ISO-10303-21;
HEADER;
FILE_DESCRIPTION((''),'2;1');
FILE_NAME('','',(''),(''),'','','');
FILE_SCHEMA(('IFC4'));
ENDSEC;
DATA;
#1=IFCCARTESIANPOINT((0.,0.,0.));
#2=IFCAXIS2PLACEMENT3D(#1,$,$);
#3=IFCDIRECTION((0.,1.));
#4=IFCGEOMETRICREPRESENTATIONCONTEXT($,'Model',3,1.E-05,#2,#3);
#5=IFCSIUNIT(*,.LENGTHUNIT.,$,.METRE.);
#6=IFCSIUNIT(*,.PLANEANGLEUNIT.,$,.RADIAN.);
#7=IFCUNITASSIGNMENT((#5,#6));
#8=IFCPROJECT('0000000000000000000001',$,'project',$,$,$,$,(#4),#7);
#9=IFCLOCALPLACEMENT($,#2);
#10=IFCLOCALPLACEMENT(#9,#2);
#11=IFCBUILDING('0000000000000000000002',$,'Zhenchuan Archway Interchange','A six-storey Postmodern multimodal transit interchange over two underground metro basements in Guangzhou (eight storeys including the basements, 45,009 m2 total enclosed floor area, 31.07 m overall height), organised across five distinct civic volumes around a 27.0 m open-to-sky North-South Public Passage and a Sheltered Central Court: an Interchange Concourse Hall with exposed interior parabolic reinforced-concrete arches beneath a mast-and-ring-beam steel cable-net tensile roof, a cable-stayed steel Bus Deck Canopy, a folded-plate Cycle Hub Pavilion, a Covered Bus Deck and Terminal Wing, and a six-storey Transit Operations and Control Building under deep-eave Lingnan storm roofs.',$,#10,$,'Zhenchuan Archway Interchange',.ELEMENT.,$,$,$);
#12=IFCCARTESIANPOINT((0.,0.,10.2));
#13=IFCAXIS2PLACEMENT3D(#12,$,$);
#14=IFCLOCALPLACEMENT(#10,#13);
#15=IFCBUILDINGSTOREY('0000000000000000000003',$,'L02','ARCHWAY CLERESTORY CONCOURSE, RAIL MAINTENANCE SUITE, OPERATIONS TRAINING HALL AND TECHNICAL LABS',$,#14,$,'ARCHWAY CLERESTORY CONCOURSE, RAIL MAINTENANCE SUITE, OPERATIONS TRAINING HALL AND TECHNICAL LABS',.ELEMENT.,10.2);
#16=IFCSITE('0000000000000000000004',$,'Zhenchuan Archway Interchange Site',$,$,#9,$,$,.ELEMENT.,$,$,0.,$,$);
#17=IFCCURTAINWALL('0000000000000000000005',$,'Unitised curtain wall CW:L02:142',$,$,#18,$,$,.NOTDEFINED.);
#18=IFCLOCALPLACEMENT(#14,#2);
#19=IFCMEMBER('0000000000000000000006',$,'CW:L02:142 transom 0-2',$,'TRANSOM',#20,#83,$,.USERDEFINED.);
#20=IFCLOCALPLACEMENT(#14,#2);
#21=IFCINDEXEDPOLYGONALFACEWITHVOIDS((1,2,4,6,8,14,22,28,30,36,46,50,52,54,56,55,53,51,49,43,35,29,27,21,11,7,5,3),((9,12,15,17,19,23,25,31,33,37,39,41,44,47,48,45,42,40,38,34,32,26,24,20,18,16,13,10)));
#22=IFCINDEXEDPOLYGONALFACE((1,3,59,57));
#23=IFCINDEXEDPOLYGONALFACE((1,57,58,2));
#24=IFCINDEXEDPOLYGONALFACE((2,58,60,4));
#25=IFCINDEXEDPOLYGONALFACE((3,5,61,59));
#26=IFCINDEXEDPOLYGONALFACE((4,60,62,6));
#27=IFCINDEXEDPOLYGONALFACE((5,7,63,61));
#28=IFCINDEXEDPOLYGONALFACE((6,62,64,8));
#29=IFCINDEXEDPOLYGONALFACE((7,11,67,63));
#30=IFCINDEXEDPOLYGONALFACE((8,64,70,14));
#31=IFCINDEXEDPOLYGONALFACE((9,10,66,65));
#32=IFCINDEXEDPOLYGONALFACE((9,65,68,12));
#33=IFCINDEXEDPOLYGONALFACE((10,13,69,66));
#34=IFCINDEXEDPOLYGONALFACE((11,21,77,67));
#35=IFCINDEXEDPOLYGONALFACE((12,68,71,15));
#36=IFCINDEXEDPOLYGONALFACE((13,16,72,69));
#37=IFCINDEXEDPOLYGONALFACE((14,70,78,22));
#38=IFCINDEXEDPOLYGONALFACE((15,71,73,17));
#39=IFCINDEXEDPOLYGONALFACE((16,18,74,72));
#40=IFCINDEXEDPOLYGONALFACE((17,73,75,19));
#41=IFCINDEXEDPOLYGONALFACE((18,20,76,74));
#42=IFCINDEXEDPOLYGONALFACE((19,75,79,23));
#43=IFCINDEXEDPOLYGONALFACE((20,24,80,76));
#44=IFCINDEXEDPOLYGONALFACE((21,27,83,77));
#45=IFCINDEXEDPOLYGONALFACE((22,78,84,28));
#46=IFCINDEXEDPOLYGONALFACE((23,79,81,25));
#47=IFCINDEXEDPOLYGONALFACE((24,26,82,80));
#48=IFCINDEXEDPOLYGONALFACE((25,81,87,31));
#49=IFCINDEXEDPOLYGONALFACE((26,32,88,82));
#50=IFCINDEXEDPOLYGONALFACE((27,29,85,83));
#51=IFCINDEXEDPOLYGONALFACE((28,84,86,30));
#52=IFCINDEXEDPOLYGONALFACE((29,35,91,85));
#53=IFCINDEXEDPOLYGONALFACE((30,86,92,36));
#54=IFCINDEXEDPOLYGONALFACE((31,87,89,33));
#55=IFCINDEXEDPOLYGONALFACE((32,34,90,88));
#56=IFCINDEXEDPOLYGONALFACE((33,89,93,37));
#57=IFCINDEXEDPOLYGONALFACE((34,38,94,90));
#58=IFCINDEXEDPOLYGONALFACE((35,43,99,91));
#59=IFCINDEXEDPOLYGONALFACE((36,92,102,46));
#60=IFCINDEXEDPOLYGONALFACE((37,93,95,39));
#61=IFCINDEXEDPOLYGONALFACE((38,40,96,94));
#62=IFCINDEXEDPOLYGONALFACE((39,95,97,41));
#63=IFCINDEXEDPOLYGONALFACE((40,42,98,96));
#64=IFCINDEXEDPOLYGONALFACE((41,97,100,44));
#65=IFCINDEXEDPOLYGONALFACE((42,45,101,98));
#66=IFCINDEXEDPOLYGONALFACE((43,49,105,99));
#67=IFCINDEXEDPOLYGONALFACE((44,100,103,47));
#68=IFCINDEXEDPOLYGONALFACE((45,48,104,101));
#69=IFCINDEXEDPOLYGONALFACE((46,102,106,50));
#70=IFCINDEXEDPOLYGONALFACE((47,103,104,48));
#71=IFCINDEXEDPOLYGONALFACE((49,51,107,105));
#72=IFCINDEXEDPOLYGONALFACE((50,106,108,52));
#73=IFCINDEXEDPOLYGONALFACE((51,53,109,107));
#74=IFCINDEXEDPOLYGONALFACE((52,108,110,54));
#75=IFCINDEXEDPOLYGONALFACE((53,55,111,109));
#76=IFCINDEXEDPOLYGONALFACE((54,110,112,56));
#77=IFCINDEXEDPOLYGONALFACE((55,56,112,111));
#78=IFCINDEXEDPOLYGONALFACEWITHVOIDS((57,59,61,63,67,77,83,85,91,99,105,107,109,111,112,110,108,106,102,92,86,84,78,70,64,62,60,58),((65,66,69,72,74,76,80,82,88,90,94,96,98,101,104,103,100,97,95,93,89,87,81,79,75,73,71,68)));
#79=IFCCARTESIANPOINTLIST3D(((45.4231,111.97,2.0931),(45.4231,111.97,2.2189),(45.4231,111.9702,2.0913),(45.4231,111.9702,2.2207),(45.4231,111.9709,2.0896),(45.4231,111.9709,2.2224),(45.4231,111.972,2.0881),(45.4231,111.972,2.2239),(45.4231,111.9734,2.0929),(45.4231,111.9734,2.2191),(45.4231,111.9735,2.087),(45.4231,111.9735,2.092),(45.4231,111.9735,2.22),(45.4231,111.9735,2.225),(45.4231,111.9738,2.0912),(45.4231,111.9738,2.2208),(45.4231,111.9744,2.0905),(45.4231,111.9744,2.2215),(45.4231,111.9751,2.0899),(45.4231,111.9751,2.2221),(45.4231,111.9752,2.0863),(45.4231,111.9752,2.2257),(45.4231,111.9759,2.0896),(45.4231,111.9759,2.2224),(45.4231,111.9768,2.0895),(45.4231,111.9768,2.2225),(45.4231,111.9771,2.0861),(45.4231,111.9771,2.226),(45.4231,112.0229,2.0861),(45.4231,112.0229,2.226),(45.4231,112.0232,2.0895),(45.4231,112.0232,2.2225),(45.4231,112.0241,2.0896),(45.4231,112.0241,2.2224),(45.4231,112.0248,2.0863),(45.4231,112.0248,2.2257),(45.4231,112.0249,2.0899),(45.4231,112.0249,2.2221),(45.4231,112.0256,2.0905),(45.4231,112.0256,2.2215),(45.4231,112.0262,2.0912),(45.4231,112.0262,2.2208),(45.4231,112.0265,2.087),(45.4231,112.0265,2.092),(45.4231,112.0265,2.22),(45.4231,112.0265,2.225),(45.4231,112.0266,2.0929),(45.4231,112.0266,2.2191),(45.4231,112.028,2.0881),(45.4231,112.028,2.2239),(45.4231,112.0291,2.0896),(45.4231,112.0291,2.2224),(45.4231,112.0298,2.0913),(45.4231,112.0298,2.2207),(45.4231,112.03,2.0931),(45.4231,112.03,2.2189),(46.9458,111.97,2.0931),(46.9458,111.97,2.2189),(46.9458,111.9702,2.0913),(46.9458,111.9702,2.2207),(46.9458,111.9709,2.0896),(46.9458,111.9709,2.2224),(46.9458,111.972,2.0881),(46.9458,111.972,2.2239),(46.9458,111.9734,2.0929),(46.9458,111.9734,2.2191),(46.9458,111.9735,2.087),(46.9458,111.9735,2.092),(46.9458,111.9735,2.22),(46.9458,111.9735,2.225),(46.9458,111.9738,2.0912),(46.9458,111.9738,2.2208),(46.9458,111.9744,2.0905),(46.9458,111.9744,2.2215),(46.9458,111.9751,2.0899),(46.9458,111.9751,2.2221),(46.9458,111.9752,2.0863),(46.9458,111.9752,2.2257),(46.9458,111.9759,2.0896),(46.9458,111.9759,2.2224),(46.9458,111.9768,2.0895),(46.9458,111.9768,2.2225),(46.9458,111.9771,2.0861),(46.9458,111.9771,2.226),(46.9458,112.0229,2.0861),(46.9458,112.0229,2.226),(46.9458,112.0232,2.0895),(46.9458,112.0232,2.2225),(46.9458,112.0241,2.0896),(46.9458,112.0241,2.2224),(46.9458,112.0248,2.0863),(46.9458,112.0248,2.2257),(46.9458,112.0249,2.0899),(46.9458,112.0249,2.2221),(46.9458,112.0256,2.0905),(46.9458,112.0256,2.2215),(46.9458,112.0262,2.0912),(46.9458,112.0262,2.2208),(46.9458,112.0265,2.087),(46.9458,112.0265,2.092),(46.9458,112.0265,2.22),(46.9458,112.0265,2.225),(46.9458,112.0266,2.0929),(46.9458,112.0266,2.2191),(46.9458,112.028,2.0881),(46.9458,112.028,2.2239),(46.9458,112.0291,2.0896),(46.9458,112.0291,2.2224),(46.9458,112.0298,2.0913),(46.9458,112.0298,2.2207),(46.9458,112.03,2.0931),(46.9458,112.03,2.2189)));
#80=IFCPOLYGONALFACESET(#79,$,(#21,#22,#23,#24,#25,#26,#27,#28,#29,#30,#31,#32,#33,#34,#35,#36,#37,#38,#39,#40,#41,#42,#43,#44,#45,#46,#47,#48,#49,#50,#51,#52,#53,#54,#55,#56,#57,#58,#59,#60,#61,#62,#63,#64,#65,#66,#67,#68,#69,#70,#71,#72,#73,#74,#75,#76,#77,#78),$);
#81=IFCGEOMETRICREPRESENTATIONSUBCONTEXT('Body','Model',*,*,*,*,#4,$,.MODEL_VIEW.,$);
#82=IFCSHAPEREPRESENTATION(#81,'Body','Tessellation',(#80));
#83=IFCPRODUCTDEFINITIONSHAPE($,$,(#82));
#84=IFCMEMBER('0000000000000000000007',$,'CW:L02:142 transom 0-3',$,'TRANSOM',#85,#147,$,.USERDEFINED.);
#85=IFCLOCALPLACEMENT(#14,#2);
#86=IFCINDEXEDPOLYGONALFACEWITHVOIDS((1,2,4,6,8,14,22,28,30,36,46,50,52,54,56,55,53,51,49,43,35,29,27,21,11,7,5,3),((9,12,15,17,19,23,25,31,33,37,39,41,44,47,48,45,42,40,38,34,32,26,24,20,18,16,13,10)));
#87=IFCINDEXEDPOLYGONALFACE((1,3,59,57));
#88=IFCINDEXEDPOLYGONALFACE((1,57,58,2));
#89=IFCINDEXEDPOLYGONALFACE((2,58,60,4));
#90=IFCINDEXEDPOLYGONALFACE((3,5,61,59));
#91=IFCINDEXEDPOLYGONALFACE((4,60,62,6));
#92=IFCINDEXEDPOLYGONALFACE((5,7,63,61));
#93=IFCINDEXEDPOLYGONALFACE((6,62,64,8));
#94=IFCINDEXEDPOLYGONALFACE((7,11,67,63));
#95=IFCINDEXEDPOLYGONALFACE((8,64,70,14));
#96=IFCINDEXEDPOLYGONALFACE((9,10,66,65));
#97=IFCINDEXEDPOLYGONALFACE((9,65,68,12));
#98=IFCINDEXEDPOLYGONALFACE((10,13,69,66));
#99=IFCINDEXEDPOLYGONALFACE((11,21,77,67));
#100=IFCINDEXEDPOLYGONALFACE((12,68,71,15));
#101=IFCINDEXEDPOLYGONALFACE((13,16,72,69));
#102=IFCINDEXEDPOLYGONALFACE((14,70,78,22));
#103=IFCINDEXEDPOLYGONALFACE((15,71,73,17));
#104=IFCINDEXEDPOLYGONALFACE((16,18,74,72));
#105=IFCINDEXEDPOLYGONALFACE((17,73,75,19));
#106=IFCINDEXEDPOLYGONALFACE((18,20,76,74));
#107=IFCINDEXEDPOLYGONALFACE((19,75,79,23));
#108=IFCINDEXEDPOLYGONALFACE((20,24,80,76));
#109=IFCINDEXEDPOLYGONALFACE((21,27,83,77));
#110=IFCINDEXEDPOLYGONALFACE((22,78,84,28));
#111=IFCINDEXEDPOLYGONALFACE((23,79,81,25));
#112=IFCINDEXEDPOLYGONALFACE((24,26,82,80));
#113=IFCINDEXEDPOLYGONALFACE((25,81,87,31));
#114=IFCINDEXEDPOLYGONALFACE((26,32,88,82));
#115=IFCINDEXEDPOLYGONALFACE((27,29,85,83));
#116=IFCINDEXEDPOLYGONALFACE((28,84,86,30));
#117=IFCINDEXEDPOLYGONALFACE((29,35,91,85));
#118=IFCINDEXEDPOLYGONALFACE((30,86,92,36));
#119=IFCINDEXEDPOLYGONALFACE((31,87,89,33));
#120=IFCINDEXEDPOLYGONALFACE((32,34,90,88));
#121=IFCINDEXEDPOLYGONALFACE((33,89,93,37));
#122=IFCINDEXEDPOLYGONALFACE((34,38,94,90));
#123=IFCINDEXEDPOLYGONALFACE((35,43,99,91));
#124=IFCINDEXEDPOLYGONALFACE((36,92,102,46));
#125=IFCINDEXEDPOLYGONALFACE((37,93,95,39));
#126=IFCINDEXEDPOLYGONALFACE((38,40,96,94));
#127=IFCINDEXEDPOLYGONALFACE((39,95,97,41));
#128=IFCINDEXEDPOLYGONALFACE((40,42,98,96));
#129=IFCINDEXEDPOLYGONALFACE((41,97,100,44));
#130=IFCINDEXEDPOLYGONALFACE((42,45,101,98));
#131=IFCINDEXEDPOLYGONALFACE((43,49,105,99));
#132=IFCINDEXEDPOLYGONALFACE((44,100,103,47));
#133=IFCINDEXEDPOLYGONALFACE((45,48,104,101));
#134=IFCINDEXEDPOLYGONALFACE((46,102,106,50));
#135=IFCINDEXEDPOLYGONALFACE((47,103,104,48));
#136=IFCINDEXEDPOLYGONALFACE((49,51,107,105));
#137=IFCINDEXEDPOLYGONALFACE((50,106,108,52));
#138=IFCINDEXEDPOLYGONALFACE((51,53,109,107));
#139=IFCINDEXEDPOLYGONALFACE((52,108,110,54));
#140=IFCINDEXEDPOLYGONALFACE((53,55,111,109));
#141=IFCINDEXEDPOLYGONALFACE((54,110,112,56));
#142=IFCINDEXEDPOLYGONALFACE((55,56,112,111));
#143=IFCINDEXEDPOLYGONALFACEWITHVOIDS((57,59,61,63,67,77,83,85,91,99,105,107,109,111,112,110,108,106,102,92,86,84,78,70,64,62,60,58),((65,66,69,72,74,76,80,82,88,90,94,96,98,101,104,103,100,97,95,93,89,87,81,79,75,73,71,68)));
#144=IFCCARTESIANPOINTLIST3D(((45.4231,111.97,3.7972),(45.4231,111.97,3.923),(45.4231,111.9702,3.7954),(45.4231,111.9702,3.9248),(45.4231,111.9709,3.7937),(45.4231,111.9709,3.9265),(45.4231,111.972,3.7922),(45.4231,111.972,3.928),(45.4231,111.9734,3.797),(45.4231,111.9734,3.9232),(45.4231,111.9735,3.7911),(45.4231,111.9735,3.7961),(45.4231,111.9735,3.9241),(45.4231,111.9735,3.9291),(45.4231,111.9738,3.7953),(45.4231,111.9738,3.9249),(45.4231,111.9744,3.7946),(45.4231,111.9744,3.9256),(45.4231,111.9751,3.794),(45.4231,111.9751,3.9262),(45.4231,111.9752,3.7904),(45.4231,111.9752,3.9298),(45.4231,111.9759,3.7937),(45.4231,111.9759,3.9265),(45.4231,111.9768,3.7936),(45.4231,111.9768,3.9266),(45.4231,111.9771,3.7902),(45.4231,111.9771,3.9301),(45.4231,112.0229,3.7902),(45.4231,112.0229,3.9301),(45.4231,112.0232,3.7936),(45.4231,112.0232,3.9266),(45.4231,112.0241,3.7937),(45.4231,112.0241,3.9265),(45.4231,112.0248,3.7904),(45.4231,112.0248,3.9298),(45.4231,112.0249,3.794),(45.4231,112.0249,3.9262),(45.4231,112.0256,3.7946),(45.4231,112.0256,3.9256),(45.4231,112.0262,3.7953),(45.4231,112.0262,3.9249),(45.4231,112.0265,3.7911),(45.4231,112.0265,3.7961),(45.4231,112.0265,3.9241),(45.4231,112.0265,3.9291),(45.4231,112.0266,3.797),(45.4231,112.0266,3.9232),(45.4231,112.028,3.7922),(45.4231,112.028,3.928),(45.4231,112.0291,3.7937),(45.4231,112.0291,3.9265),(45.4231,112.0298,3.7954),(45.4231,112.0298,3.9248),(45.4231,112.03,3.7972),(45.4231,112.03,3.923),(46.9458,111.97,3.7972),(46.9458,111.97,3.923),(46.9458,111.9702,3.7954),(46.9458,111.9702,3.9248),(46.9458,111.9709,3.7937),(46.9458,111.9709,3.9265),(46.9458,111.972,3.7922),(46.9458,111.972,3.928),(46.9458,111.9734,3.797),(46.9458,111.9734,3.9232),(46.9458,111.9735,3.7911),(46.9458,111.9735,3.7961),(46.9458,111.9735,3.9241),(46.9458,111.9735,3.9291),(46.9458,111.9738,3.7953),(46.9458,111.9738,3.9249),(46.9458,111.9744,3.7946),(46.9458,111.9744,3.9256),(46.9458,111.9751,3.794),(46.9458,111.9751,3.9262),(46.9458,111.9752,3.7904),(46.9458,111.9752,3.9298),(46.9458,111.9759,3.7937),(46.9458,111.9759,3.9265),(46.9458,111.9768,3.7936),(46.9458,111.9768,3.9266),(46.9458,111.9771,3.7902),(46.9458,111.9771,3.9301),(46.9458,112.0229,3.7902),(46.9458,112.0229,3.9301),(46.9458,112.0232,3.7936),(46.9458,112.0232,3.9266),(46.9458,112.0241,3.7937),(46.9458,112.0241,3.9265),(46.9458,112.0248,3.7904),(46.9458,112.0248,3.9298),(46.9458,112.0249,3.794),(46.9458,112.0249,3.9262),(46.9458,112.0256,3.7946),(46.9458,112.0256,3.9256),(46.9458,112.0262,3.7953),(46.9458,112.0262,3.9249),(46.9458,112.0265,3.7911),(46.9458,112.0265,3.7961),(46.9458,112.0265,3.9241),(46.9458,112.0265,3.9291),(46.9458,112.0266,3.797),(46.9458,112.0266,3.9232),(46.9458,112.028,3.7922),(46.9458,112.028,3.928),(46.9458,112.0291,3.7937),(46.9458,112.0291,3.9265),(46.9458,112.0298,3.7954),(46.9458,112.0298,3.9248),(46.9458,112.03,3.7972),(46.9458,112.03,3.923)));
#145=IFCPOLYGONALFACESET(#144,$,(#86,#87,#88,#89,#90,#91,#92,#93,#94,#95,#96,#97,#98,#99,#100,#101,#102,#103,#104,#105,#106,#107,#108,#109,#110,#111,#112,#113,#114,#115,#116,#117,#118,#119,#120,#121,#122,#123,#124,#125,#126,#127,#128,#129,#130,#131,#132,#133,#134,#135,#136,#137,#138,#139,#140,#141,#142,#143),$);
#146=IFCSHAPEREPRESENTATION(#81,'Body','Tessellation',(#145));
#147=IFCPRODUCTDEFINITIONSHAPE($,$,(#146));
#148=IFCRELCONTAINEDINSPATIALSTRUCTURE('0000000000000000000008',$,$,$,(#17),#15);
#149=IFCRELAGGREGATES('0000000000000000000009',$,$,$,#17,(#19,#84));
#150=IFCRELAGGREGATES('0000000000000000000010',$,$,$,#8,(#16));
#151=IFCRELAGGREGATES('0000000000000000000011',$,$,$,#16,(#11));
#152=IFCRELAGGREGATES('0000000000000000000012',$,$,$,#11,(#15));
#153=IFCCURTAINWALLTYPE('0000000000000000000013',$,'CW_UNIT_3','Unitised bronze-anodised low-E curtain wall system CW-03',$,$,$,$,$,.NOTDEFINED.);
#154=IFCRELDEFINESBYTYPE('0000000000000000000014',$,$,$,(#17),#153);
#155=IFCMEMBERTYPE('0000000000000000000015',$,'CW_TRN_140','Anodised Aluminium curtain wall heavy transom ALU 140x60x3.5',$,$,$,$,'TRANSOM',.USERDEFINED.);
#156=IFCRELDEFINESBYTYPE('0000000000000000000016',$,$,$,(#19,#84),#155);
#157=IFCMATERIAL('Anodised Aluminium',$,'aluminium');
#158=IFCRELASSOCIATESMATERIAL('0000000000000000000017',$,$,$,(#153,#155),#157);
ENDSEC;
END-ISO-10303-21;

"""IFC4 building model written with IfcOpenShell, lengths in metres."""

from ifc_helpers import new_model, si_unit, direction, frame, origin, origin_2d, place, context, subcontext, project, spatial, hollow_rectangle, extrude, material, material_profile, profile_set, type_object, element, aggregate, save


model = new_model("IFC4")

# Units and contexts
model_context = context("Model", 3, precision=1e-05, world=origin(), true_north=direction((0.0, 1.0)))
body_context = subcontext(model_context, "Body", "Model", "MODEL_VIEW")
ifc_project = project(units=[si_unit("LENGTHUNIT", "METRE"), si_unit("PLANEANGLEUNIT", "RADIAN")], contexts=[model_context])

# Site, building, storey
site_placement = place(None, origin())
site = spatial("IfcSite", under=ifc_project, at=site_placement, Name="Zhenchuan Archway Interchange Site", CompositionType="ELEMENT", RefElevation=0.0)
building_placement = place(site_placement, origin())
building = spatial("IfcBuilding", under=site, at=building_placement, Name="Zhenchuan Archway Interchange", Description="A six-storey Postmodern multimodal transit interchange over two underground metro basements in Guangzhou (eight storeys including the basements, 45,009 m2 total enclosed floor area, 31.07 m overall height), organised across five distinct civic volumes around a 27.0 m open-to-sky North-South Public Passage and a Sheltered Central Court: an Interchange Concourse Hall with exposed interior parabolic reinforced-concrete arches beneath a mast-and-ring-beam steel cable-net tensile roof, a cable-stayed steel Bus Deck Canopy, a folded-plate Cycle Hub Pavilion, a Covered Bus Deck and Terminal Wing, and a six-storey Transit Operations and Control Building under deep-eave Lingnan storm roofs.", LongName="Zhenchuan Archway Interchange", CompositionType="ELEMENT")
storey_placement = place(building_placement, frame((0.0, 0.0, 10.2)))
storey = spatial("IfcBuildingStorey", under=building, at=storey_placement, Name="L02", Description="ARCHWAY CLERESTORY CONCOURSE, RAIL MAINTENANCE SUITE, OPERATIONS TRAINING HALL AND TECHNICAL LABS", LongName="ARCHWAY CLERESTORY CONCOURSE, RAIL MAINTENANCE SUITE, OPERATIONS TRAINING HALL AND TECHNICAL LABS", CompositionType="ELEMENT", Elevation=10.2)

# Curtain wall, members
ifc_material_1 = material(Name="Anodised Aluminium", Category="aluminium")
curtain_wall_type = type_object("IfcCurtainWallType", Name="CW_UNIT_3", Description="Unitised bronze-anodised low-E curtain wall system CW-03", PredefinedType="NOTDEFINED", material=ifc_material_1)
curtain_wall_placement = place(storey_placement, origin())
curtain_wall = element("IfcCurtainWall", 1, at=curtain_wall_placement, inside=storey, type_object=curtain_wall_type, Name="Unitised curtain wall CW:L02:142", PredefinedType="NOTDEFINED")
ifc_material_profile_1 = material_profile(ifc_material_1, hollow_rectangle(XDim=0.0601, YDim=0.1399, WallThickness=0.0034, InnerFilletRadius=0.0034, OuterFilletRadius=0.0071, at=origin_2d()), Name="ALU 140x60x3.5")
ifc_profile_set_1 = profile_set([ifc_material_profile_1], Name="Anodised Aluminium")
member_type_1 = type_object("IfcMemberType", Name="CW_TRN_140", Description="Anodised Aluminium curtain wall heavy transom ALU 140x60x3.5", ElementType="TRANSOM", PredefinedType="USERDEFINED", material=ifc_profile_set_1)
member_1_placement = place(storey_placement, frame((45.4231, 112.0, 2.156), z_axis=(1.0, 0.0, 0.0), x_axis=(0.0, 1.0, 0.0)))
member_1 = element("IfcMember", 2, at=member_1_placement, type_object=member_type_1, Name="CW:L02:142 transom 0-2", ObjectType="TRANSOM", PredefinedType="USERDEFINED", context=body_context, shape_type="SweptSolid", body=[
    extrude(hollow_rectangle(XDim=0.0601, YDim=0.1399, WallThickness=0.0034, InnerFilletRadius=0.0034, OuterFilletRadius=0.0071, at=origin_2d()), origin(), (0.0, 0.0, 1.0), 1.5227),
])
member_2_placement = place(storey_placement, frame((45.4231, 112.0, 3.8601), z_axis=(1.0, 0.0, 0.0), x_axis=(0.0, 1.0, 0.0)))
member_2 = element("IfcMember", 3, at=member_2_placement, type_object=member_type_1, Name="CW:L02:142 transom 0-3", ObjectType="TRANSOM", PredefinedType="USERDEFINED", context=body_context, shape_type="SweptSolid", body=[
    extrude(hollow_rectangle(XDim=0.0601, YDim=0.1399, WallThickness=0.0034, InnerFilletRadius=0.0034, OuterFilletRadius=0.0071, at=origin_2d()), origin(), (0.0, 0.0, 1.0), 1.5227),
])

aggregate(curtain_wall, [member_1, member_2])

save(model, "model.ifc")
